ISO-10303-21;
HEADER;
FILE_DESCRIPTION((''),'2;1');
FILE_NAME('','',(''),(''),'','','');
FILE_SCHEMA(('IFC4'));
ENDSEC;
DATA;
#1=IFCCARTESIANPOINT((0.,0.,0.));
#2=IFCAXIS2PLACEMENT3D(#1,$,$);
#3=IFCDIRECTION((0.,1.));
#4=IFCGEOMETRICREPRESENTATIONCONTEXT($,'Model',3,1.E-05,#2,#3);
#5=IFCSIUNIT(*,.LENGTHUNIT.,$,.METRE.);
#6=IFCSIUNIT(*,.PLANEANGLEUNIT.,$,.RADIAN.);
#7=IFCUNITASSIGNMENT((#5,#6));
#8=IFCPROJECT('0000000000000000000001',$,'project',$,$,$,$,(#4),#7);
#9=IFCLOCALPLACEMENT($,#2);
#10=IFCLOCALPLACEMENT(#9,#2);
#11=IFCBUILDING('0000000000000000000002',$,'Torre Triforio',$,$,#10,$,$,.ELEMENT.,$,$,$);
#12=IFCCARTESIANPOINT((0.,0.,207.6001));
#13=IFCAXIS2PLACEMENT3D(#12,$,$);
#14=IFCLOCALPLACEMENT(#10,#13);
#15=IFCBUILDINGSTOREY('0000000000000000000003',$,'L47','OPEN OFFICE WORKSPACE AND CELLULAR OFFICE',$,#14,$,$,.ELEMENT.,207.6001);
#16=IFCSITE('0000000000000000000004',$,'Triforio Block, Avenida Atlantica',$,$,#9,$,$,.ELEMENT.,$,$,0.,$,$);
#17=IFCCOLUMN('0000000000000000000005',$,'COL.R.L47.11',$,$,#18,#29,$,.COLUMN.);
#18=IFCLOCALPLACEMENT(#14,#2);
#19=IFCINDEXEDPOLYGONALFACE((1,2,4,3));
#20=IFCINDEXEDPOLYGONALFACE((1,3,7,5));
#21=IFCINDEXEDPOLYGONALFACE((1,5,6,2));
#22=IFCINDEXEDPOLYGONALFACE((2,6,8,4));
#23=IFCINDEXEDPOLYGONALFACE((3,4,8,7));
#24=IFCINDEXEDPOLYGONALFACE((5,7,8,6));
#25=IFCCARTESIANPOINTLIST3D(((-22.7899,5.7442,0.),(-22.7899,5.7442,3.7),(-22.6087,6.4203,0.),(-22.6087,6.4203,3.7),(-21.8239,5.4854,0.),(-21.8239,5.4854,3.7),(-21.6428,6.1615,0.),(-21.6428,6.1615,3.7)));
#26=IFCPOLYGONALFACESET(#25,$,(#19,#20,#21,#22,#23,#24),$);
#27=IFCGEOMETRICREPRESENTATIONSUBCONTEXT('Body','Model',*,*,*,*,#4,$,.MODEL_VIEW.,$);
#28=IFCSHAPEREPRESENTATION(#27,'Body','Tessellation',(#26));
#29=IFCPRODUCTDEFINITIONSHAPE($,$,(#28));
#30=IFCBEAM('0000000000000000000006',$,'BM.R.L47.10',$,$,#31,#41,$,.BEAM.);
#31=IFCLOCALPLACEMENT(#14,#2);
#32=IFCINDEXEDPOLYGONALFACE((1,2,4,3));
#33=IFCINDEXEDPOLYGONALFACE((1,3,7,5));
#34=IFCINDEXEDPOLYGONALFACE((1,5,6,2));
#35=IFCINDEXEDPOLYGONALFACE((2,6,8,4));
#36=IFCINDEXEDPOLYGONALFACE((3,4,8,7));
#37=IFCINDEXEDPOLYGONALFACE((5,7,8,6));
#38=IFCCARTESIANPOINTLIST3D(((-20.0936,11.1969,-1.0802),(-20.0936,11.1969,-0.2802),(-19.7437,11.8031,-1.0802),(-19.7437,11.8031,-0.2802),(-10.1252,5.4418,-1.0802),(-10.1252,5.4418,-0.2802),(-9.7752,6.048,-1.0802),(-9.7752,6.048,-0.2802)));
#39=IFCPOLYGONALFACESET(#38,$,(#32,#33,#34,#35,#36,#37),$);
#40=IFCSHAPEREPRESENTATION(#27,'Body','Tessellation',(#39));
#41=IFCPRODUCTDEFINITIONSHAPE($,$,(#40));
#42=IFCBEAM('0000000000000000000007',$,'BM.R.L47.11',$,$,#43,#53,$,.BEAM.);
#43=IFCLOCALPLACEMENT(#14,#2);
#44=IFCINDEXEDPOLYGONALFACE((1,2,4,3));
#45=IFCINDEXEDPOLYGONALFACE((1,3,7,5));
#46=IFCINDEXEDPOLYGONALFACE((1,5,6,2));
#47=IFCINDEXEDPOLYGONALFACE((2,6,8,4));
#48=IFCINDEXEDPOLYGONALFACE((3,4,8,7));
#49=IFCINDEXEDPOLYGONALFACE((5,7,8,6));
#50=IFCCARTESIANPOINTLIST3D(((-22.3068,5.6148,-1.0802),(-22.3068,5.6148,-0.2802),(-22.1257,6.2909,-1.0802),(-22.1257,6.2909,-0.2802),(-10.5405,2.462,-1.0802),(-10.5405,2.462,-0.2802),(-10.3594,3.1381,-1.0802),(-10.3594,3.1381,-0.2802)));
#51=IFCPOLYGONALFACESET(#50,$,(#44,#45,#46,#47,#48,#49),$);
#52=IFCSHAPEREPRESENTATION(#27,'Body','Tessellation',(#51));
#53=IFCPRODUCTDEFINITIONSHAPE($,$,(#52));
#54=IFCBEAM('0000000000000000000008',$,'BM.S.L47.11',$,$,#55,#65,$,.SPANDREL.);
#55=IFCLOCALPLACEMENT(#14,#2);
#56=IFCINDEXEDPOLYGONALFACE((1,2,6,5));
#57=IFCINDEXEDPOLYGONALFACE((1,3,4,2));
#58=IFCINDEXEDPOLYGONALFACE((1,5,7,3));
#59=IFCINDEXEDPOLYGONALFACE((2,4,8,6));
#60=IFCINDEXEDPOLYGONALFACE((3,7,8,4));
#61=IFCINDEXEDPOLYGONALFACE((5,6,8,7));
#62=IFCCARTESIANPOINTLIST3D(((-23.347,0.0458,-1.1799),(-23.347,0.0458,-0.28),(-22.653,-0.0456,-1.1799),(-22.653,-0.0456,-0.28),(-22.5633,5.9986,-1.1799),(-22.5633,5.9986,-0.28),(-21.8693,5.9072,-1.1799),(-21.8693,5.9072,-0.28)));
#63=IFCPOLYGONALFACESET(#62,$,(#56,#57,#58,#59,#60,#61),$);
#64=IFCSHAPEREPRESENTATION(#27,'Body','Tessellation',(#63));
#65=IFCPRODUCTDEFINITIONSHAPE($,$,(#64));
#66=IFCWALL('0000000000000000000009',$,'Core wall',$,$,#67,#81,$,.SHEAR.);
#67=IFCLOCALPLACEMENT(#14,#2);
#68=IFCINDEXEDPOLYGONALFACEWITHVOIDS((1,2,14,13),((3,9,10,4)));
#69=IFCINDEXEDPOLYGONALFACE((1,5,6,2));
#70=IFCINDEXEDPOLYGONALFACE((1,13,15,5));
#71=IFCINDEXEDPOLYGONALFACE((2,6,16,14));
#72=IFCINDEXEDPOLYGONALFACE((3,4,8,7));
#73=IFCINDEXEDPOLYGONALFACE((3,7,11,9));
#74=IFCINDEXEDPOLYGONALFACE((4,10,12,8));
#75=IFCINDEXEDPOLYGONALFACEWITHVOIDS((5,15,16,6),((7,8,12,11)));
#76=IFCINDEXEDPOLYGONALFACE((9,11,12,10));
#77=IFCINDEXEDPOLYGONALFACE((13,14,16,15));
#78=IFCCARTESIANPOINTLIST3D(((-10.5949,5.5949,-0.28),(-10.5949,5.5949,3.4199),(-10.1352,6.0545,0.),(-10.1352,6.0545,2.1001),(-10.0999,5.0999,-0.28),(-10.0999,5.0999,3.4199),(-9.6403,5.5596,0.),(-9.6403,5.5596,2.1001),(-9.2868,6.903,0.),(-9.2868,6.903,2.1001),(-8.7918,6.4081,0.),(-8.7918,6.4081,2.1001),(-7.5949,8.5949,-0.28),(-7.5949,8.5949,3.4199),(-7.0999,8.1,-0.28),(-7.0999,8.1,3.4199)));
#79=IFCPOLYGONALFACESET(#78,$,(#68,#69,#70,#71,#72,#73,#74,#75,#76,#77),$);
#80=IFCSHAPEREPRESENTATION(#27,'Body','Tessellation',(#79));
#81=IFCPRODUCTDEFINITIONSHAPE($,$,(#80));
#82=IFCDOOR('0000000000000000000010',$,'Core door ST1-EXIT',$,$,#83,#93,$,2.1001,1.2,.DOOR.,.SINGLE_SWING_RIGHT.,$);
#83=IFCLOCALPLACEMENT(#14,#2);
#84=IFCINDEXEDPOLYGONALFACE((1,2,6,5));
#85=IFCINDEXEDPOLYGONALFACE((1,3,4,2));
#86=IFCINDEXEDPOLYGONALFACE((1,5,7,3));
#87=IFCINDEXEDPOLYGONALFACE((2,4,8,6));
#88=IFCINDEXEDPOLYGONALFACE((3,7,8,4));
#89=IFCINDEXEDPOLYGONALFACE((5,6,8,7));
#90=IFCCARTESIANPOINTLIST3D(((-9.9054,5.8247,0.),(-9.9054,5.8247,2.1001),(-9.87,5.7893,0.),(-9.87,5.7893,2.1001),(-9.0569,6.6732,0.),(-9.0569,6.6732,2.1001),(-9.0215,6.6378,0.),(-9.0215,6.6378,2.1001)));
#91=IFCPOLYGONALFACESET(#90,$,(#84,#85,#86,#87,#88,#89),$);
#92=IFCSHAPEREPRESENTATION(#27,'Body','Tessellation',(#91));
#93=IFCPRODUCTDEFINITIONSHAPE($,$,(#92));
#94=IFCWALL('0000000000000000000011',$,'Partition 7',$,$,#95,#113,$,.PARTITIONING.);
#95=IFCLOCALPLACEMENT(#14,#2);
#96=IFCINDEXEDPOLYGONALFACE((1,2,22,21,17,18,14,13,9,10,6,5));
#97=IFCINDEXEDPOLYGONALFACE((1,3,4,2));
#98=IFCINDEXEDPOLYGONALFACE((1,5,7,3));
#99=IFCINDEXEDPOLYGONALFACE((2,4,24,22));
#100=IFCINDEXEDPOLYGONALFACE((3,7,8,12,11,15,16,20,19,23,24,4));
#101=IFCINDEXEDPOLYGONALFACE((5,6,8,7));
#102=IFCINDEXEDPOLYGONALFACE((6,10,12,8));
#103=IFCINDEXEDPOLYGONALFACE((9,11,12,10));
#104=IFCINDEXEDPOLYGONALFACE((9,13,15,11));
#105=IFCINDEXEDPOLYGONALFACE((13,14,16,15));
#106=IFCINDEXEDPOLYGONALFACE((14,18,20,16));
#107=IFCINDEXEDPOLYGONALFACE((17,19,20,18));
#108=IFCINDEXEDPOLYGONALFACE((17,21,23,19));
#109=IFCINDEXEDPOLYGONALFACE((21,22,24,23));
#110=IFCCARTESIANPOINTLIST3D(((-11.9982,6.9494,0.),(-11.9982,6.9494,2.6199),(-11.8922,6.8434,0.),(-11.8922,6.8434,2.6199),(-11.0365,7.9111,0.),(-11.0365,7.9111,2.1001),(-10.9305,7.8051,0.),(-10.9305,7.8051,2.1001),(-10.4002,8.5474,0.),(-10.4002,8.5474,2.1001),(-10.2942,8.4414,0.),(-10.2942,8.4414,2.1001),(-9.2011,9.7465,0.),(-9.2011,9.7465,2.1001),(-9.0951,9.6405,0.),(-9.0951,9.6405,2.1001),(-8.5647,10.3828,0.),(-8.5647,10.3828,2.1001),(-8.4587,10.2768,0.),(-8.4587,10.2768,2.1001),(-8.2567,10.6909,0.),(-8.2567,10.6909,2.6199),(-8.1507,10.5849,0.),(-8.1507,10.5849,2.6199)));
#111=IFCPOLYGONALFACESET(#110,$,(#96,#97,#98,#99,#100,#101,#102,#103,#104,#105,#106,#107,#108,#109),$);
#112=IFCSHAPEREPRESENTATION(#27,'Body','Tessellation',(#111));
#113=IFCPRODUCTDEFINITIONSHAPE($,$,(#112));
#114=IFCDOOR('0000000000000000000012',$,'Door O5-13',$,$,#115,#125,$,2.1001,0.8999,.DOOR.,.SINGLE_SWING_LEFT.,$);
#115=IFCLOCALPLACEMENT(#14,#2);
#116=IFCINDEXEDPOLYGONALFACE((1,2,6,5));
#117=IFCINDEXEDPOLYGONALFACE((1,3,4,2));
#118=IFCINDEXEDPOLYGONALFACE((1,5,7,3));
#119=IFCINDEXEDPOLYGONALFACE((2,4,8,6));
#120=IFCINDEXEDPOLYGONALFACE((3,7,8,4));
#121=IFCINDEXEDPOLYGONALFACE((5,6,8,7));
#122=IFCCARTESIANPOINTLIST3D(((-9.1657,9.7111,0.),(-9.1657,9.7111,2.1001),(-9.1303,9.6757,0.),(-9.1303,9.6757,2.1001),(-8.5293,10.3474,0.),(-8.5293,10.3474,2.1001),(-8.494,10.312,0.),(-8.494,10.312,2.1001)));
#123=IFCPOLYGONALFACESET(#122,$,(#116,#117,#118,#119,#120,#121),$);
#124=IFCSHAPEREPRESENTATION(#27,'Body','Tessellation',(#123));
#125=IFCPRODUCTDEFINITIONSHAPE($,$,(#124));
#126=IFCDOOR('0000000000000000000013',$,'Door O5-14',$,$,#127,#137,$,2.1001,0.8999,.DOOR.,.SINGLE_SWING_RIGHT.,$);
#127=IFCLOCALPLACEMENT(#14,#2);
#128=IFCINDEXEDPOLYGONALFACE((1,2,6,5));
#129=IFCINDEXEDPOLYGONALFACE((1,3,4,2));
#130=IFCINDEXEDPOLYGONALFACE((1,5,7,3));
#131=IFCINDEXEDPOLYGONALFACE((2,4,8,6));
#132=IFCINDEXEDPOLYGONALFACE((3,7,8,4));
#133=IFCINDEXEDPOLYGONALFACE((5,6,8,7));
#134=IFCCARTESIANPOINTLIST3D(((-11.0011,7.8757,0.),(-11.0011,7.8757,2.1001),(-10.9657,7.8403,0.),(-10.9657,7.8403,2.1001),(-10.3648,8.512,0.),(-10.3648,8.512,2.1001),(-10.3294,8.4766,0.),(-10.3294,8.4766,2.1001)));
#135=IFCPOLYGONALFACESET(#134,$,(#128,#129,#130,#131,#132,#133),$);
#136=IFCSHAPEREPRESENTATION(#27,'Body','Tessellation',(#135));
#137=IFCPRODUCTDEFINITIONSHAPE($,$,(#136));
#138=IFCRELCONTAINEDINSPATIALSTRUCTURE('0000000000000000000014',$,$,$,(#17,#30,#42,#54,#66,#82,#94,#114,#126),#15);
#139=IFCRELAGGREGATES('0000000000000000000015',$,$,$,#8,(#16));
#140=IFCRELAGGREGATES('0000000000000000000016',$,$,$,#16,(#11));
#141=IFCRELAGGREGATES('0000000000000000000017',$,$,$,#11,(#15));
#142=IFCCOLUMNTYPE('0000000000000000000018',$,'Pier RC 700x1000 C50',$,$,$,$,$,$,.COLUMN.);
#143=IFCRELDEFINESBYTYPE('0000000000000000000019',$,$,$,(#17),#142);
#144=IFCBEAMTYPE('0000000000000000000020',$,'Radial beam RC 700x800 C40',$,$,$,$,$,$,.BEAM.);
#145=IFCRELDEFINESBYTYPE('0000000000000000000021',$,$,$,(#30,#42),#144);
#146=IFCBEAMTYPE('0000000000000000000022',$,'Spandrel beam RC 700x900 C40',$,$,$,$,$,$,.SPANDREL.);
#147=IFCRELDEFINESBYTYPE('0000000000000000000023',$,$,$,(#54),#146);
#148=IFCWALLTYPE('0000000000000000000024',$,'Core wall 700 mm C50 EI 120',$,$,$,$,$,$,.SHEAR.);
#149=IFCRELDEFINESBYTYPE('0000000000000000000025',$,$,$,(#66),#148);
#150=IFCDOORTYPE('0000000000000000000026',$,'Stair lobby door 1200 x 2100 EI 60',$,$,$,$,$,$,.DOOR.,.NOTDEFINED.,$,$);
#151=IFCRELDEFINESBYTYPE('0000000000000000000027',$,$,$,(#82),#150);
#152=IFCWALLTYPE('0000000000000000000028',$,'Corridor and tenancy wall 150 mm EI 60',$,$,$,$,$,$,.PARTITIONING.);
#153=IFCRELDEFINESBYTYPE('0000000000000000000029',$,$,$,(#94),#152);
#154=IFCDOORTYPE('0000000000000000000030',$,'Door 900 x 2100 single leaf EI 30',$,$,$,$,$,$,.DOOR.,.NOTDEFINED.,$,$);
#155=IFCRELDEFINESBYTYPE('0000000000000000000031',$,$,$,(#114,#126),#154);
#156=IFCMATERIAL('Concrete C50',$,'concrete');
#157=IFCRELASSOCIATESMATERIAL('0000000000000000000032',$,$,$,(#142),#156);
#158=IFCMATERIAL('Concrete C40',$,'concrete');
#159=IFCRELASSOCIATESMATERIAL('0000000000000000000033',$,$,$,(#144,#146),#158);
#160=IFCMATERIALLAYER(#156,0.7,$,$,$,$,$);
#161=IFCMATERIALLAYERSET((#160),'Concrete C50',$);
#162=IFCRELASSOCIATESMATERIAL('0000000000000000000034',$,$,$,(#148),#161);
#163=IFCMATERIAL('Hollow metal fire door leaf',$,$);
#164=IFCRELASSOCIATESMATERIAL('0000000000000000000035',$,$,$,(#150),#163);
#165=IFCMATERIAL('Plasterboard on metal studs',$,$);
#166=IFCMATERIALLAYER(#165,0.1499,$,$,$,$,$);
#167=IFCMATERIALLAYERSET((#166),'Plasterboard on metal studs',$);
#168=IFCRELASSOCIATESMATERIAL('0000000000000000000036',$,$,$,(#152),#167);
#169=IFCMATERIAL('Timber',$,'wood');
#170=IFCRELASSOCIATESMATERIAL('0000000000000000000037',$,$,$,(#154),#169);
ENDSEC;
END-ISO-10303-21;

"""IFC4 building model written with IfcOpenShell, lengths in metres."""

from ifc_helpers import new_model, si_unit, direction, frame, frame_2d, origin, origin_2d, place, context, subcontext, project, spatial, rectangle, extrude, material, layer, layer_set, material_profile, profile_set, type_object, element, fill, save


model = new_model("IFC4")

# Units and contexts
model_context = context("Model", 3, precision=1e-05, world=origin(), true_north=direction((0.0, 1.0)))
body_context = subcontext(model_context, "Body", "Model", "MODEL_VIEW")
ifc_project = project(units=[si_unit("LENGTHUNIT", "METRE"), si_unit("PLANEANGLEUNIT", "RADIAN")], contexts=[model_context])

# Site, building, storey
site_placement = place(None, origin())
site = spatial("IfcSite", under=ifc_project, at=site_placement, Name="Triforio Block, Avenida Atlantica", CompositionType="ELEMENT", RefElevation=0.0)
building_placement = place(site_placement, origin())
building = spatial("IfcBuilding", under=site, at=building_placement, Name="Torre Triforio", CompositionType="ELEMENT")
storey_placement = place(building_placement, frame((0.0, 0.0, 207.6001)))
storey = spatial("IfcBuildingStorey", under=building, at=storey_placement, Name="L47", Description="OPEN OFFICE WORKSPACE AND CELLULAR OFFICE", CompositionType="ELEMENT", Elevation=207.6001)

# Column
ifc_material_1 = material(Name="Concrete C50", Category="concrete")
ifc_material_profile_1 = material_profile(ifc_material_1, rectangle(XDim=0.7, YDim=1.0, at=origin_2d()), Name="RC 700x1000")
ifc_profile_set_1 = profile_set([ifc_material_profile_1], Name="Concrete C50")
column_type = type_object("IfcColumnType", Name="Pier RC 700x1000 C50", PredefinedType="COLUMN", material=ifc_profile_set_1)
column_placement = place(storey_placement, frame((-22.2163, 5.9529, 0.0), z_axis=(0.0, 0.0, 1.0), x_axis=(-0.258819, -0.965926, 0.0)))
element("IfcColumn", 1, at=column_placement, inside=storey, type_object=column_type, Name="COL.R.L47.11", PredefinedType="COLUMN", context=body_context, shape_type="SweptSolid", body=[
    extrude(rectangle(XDim=0.7, YDim=1.0, at=origin_2d()), origin(), (0.0, 0.0, 1.0), 3.7),
])

# Beams
ifc_material_2 = material(Name="Concrete C40", Category="concrete")
ifc_material_profile_2 = material_profile(ifc_material_2, rectangle(XDim=0.7, YDim=0.8, at=origin_2d()), Name="RC 700x800")
ifc_profile_set_2 = profile_set([ifc_material_profile_2], Name="Concrete C40")
beam_type_1 = type_object("IfcBeamType", Name="Radial beam RC 700x800 C40", PredefinedType="BEAM", material=ifc_profile_set_2)
beam_1_placement = place(storey_placement, frame((-9.9502, 5.7449, -0.6802), z_axis=(-0.866033, 0.499987, 0.0), x_axis=(-0.499987, -0.866033, 0.0)))
element("IfcBeam", 2, at=beam_1_placement, inside=storey, type_object=beam_type_1, Name="BM.R.L47.10", PredefinedType="BEAM", context=body_context, shape_type="SweptSolid", body=[
    extrude(rectangle(XDim=0.7, YDim=0.8, at=origin_2d()), origin(), (0.0, 0.0, 1.0), 11.5105),
])
beam_2_placement = place(storey_placement, frame((-10.45, 2.8, -0.6802), z_axis=(-0.965925, 0.258823, 0.0), x_axis=(-0.258823, -0.965925, 0.0)))
element("IfcBeam", 3, at=beam_2_placement, inside=storey, type_object=beam_type_1, Name="BM.R.L47.11", PredefinedType="BEAM", context=body_context, shape_type="SweptSolid", body=[
    extrude(rectangle(XDim=0.7, YDim=0.8, at=origin_2d()), origin(), (0.0, 0.0, 1.0), 12.1814),
])
ifc_material_profile_3 = material_profile(ifc_material_2, rectangle(XDim=0.7, YDim=0.8999, at=origin_2d()), Name="RC 700x900")
ifc_profile_set_3 = profile_set([ifc_material_profile_3], Name="Concrete C40")
beam_type_2 = type_object("IfcBeamType", Name="Spandrel beam RC 700x900 C40", PredefinedType="SPANDREL", material=ifc_profile_set_3)
beam_3_placement = place(storey_placement, frame((-22.2163, 5.9529, -0.73), z_axis=(-0.130523, -0.991445, 0.0), x_axis=(0.991445, -0.130523, 0.0)))
element("IfcBeam", 4, at=beam_3_placement, inside=storey, type_object=beam_type_2, Name="BM.S.L47.11", PredefinedType="SPANDREL", context=body_context, shape_type="SweptSolid", body=[
    extrude(rectangle(XDim=0.7, YDim=0.8999, at=origin_2d()), origin(), (0.0, 0.0, 1.0), 6.0042),
])

# Wall, opening, door
ifc_layer_1 = layer(ifc_material_1, 0.7)
ifc_layer_set_1 = layer_set([ifc_layer_1], Name="Concrete C50")
wall_type_1 = type_object("IfcWallType", Name="Core wall 700 mm C50 EI 120", PredefinedType="SHEAR", material=ifc_layer_set_1)
wall_1_placement = place(storey_placement, frame((-10.3474, 5.3474, -0.28), z_axis=(0.0, 0.0, 1.0), x_axis=(0.707107, 0.707107, 0.0)))
wall_1 = element("IfcWall", 5, at=wall_1_placement, inside=storey, type_object=wall_type_1, Name="Core wall", PredefinedType="SHEAR", context=body_context, shape_type="SweptSolid", body=[
    extrude(rectangle(XDim=4.2427, YDim=0.7, at=frame_2d((2.1213, 0.0))), origin(), (0.0, 0.0, 1.0), 3.7),
])
opening_1_placement = place(wall_1_placement, frame((0.6499, 0.0, 0.28)))
opening_1 = element("IfcOpeningElement", 6, at=opening_1_placement, cuts=wall_1, PredefinedType="OPENING", context=body_context, shape_type="SweptSolid", body=[
    extrude(rectangle(XDim=1.2, YDim=2.1001, at=frame_2d((0.6001, 1.05))), frame((0.0, 0.3599, 0.0), z_axis=(0.0, -1.0, 0.0), x_axis=(1.0, 0.0, 0.0)), (0.0, 0.0, 1.0), 0.72),
])
ifc_material_3 = material(Name="Hollow metal fire door leaf")
door_type_1 = type_object("IfcDoorType", Name="Stair lobby door 1200 x 2100 EI 60", OperationType="NOTDEFINED", PredefinedType="DOOR", material=ifc_material_3)
door_1_placement = place(opening_1_placement, origin())
door_1 = element("IfcDoor", 7, at=door_1_placement, inside=storey, type_object=door_type_1, Name="Core door ST1-EXIT", OperationType="SINGLE_SWING_RIGHT", OverallHeight=2.1001, OverallWidth=1.2, PredefinedType="DOOR", context=body_context, shape_type="SweptSolid", body=[
    extrude(rectangle(XDim=1.2, YDim=2.1001, at=frame_2d((0.6001, 1.05))), frame((0.0, 0.0249, 0.0), z_axis=(0.0, -1.0, 0.0), x_axis=(1.0, 0.0, 0.0)), (0.0, 0.0, 1.0), 0.05),
])
fill(opening_1, door_1)

# Wall, openings, doors
ifc_material_4 = material(Name="Plasterboard on metal studs")
ifc_layer_2 = layer(ifc_material_4, 0.1499)
ifc_layer_set_2 = layer_set([ifc_layer_2], Name="Plasterboard on metal studs")
wall_type_2 = type_object("IfcWallType", Name="Corridor and tenancy wall 150 mm EI 60", PredefinedType="PARTITIONING", material=ifc_layer_set_2)
wall_2_placement = place(storey_placement, frame((-11.9451, 6.8965, 0.0), z_axis=(0.0, 0.0, 1.0), x_axis=(0.707107, 0.707107, 0.0)))
wall_2 = element("IfcWall", 8, at=wall_2_placement, inside=storey, type_object=wall_type_2, Name="Partition 7", PredefinedType="PARTITIONING", context=body_context, shape_type="SweptSolid", body=[
    extrude(rectangle(XDim=5.2913, YDim=0.1499, at=frame_2d((2.6455, 0.0))), origin(), (0.0, 0.0, 1.0), 2.6199),
])
opening_2_placement = place(wall_2_placement, frame((3.9556, 0.0, 0.0)))
opening_2 = element("IfcOpeningElement", 9, at=opening_2_placement, cuts=wall_2, PredefinedType="OPENING", context=body_context, shape_type="SweptSolid", body=[
    extrude(rectangle(XDim=0.8999, YDim=2.1001, at=frame_2d((0.45, 1.05))), frame((0.0, 0.085, 0.0), z_axis=(0.0, -1.0, 0.0), x_axis=(1.0, 0.0, 0.0)), (0.0, 0.0, 1.0), 0.1699),
])
opening_3_placement = place(wall_2_placement, frame((1.3599, 0.0, 0.0)))
opening_3 = element("IfcOpeningElement", 10, at=opening_3_placement, cuts=wall_2, PredefinedType="OPENING", context=body_context, shape_type="SweptSolid", body=[
    extrude(rectangle(XDim=0.8999, YDim=2.1001, at=frame_2d((0.45, 1.05))), frame((0.0, 0.085, 0.0), z_axis=(0.0, -1.0, 0.0), x_axis=(1.0, 0.0, 0.0)), (0.0, 0.0, 1.0), 0.1699),
])
ifc_material_5 = material(Name="Timber", Category="wood")
door_type_2 = type_object("IfcDoorType", Name="Door 900 x 2100 single leaf EI 30", OperationType="NOTDEFINED", PredefinedType="DOOR", material=ifc_material_5)
door_2_placement = place(opening_2_placement, origin())
door_2 = element("IfcDoor", 11, at=door_2_placement, inside=storey, type_object=door_type_2, Name="Door O5-13", OperationType="SINGLE_SWING_LEFT", OverallHeight=2.1001, OverallWidth=0.8999, PredefinedType="DOOR", context=body_context, shape_type="SweptSolid", body=[
    extrude(rectangle(XDim=0.8999, YDim=2.1001, at=frame_2d((0.45, 1.05))), frame((0.0, 0.0249, 0.0), z_axis=(0.0, -1.0, 0.0), x_axis=(1.0, 0.0, 0.0)), (0.0, 0.0, 1.0), 0.05),
])
fill(opening_2, door_2)
door_3_placement = place(opening_3_placement, origin())
door_3 = element("IfcDoor", 12, at=door_3_placement, inside=storey, type_object=door_type_2, Name="Door O5-14", OperationType="SINGLE_SWING_RIGHT", OverallHeight=2.1001, OverallWidth=0.8999, PredefinedType="DOOR", context=body_context, shape_type="SweptSolid", body=[
    extrude(rectangle(XDim=0.8999, YDim=2.1001, at=frame_2d((0.45, 1.05))), frame((0.0, 0.0249, 0.0), z_axis=(0.0, -1.0, 0.0), x_axis=(1.0, 0.0, 0.0)), (0.0, 0.0, 1.0), 0.05),
])
fill(opening_3, door_3)

save(model, "model.ifc")
